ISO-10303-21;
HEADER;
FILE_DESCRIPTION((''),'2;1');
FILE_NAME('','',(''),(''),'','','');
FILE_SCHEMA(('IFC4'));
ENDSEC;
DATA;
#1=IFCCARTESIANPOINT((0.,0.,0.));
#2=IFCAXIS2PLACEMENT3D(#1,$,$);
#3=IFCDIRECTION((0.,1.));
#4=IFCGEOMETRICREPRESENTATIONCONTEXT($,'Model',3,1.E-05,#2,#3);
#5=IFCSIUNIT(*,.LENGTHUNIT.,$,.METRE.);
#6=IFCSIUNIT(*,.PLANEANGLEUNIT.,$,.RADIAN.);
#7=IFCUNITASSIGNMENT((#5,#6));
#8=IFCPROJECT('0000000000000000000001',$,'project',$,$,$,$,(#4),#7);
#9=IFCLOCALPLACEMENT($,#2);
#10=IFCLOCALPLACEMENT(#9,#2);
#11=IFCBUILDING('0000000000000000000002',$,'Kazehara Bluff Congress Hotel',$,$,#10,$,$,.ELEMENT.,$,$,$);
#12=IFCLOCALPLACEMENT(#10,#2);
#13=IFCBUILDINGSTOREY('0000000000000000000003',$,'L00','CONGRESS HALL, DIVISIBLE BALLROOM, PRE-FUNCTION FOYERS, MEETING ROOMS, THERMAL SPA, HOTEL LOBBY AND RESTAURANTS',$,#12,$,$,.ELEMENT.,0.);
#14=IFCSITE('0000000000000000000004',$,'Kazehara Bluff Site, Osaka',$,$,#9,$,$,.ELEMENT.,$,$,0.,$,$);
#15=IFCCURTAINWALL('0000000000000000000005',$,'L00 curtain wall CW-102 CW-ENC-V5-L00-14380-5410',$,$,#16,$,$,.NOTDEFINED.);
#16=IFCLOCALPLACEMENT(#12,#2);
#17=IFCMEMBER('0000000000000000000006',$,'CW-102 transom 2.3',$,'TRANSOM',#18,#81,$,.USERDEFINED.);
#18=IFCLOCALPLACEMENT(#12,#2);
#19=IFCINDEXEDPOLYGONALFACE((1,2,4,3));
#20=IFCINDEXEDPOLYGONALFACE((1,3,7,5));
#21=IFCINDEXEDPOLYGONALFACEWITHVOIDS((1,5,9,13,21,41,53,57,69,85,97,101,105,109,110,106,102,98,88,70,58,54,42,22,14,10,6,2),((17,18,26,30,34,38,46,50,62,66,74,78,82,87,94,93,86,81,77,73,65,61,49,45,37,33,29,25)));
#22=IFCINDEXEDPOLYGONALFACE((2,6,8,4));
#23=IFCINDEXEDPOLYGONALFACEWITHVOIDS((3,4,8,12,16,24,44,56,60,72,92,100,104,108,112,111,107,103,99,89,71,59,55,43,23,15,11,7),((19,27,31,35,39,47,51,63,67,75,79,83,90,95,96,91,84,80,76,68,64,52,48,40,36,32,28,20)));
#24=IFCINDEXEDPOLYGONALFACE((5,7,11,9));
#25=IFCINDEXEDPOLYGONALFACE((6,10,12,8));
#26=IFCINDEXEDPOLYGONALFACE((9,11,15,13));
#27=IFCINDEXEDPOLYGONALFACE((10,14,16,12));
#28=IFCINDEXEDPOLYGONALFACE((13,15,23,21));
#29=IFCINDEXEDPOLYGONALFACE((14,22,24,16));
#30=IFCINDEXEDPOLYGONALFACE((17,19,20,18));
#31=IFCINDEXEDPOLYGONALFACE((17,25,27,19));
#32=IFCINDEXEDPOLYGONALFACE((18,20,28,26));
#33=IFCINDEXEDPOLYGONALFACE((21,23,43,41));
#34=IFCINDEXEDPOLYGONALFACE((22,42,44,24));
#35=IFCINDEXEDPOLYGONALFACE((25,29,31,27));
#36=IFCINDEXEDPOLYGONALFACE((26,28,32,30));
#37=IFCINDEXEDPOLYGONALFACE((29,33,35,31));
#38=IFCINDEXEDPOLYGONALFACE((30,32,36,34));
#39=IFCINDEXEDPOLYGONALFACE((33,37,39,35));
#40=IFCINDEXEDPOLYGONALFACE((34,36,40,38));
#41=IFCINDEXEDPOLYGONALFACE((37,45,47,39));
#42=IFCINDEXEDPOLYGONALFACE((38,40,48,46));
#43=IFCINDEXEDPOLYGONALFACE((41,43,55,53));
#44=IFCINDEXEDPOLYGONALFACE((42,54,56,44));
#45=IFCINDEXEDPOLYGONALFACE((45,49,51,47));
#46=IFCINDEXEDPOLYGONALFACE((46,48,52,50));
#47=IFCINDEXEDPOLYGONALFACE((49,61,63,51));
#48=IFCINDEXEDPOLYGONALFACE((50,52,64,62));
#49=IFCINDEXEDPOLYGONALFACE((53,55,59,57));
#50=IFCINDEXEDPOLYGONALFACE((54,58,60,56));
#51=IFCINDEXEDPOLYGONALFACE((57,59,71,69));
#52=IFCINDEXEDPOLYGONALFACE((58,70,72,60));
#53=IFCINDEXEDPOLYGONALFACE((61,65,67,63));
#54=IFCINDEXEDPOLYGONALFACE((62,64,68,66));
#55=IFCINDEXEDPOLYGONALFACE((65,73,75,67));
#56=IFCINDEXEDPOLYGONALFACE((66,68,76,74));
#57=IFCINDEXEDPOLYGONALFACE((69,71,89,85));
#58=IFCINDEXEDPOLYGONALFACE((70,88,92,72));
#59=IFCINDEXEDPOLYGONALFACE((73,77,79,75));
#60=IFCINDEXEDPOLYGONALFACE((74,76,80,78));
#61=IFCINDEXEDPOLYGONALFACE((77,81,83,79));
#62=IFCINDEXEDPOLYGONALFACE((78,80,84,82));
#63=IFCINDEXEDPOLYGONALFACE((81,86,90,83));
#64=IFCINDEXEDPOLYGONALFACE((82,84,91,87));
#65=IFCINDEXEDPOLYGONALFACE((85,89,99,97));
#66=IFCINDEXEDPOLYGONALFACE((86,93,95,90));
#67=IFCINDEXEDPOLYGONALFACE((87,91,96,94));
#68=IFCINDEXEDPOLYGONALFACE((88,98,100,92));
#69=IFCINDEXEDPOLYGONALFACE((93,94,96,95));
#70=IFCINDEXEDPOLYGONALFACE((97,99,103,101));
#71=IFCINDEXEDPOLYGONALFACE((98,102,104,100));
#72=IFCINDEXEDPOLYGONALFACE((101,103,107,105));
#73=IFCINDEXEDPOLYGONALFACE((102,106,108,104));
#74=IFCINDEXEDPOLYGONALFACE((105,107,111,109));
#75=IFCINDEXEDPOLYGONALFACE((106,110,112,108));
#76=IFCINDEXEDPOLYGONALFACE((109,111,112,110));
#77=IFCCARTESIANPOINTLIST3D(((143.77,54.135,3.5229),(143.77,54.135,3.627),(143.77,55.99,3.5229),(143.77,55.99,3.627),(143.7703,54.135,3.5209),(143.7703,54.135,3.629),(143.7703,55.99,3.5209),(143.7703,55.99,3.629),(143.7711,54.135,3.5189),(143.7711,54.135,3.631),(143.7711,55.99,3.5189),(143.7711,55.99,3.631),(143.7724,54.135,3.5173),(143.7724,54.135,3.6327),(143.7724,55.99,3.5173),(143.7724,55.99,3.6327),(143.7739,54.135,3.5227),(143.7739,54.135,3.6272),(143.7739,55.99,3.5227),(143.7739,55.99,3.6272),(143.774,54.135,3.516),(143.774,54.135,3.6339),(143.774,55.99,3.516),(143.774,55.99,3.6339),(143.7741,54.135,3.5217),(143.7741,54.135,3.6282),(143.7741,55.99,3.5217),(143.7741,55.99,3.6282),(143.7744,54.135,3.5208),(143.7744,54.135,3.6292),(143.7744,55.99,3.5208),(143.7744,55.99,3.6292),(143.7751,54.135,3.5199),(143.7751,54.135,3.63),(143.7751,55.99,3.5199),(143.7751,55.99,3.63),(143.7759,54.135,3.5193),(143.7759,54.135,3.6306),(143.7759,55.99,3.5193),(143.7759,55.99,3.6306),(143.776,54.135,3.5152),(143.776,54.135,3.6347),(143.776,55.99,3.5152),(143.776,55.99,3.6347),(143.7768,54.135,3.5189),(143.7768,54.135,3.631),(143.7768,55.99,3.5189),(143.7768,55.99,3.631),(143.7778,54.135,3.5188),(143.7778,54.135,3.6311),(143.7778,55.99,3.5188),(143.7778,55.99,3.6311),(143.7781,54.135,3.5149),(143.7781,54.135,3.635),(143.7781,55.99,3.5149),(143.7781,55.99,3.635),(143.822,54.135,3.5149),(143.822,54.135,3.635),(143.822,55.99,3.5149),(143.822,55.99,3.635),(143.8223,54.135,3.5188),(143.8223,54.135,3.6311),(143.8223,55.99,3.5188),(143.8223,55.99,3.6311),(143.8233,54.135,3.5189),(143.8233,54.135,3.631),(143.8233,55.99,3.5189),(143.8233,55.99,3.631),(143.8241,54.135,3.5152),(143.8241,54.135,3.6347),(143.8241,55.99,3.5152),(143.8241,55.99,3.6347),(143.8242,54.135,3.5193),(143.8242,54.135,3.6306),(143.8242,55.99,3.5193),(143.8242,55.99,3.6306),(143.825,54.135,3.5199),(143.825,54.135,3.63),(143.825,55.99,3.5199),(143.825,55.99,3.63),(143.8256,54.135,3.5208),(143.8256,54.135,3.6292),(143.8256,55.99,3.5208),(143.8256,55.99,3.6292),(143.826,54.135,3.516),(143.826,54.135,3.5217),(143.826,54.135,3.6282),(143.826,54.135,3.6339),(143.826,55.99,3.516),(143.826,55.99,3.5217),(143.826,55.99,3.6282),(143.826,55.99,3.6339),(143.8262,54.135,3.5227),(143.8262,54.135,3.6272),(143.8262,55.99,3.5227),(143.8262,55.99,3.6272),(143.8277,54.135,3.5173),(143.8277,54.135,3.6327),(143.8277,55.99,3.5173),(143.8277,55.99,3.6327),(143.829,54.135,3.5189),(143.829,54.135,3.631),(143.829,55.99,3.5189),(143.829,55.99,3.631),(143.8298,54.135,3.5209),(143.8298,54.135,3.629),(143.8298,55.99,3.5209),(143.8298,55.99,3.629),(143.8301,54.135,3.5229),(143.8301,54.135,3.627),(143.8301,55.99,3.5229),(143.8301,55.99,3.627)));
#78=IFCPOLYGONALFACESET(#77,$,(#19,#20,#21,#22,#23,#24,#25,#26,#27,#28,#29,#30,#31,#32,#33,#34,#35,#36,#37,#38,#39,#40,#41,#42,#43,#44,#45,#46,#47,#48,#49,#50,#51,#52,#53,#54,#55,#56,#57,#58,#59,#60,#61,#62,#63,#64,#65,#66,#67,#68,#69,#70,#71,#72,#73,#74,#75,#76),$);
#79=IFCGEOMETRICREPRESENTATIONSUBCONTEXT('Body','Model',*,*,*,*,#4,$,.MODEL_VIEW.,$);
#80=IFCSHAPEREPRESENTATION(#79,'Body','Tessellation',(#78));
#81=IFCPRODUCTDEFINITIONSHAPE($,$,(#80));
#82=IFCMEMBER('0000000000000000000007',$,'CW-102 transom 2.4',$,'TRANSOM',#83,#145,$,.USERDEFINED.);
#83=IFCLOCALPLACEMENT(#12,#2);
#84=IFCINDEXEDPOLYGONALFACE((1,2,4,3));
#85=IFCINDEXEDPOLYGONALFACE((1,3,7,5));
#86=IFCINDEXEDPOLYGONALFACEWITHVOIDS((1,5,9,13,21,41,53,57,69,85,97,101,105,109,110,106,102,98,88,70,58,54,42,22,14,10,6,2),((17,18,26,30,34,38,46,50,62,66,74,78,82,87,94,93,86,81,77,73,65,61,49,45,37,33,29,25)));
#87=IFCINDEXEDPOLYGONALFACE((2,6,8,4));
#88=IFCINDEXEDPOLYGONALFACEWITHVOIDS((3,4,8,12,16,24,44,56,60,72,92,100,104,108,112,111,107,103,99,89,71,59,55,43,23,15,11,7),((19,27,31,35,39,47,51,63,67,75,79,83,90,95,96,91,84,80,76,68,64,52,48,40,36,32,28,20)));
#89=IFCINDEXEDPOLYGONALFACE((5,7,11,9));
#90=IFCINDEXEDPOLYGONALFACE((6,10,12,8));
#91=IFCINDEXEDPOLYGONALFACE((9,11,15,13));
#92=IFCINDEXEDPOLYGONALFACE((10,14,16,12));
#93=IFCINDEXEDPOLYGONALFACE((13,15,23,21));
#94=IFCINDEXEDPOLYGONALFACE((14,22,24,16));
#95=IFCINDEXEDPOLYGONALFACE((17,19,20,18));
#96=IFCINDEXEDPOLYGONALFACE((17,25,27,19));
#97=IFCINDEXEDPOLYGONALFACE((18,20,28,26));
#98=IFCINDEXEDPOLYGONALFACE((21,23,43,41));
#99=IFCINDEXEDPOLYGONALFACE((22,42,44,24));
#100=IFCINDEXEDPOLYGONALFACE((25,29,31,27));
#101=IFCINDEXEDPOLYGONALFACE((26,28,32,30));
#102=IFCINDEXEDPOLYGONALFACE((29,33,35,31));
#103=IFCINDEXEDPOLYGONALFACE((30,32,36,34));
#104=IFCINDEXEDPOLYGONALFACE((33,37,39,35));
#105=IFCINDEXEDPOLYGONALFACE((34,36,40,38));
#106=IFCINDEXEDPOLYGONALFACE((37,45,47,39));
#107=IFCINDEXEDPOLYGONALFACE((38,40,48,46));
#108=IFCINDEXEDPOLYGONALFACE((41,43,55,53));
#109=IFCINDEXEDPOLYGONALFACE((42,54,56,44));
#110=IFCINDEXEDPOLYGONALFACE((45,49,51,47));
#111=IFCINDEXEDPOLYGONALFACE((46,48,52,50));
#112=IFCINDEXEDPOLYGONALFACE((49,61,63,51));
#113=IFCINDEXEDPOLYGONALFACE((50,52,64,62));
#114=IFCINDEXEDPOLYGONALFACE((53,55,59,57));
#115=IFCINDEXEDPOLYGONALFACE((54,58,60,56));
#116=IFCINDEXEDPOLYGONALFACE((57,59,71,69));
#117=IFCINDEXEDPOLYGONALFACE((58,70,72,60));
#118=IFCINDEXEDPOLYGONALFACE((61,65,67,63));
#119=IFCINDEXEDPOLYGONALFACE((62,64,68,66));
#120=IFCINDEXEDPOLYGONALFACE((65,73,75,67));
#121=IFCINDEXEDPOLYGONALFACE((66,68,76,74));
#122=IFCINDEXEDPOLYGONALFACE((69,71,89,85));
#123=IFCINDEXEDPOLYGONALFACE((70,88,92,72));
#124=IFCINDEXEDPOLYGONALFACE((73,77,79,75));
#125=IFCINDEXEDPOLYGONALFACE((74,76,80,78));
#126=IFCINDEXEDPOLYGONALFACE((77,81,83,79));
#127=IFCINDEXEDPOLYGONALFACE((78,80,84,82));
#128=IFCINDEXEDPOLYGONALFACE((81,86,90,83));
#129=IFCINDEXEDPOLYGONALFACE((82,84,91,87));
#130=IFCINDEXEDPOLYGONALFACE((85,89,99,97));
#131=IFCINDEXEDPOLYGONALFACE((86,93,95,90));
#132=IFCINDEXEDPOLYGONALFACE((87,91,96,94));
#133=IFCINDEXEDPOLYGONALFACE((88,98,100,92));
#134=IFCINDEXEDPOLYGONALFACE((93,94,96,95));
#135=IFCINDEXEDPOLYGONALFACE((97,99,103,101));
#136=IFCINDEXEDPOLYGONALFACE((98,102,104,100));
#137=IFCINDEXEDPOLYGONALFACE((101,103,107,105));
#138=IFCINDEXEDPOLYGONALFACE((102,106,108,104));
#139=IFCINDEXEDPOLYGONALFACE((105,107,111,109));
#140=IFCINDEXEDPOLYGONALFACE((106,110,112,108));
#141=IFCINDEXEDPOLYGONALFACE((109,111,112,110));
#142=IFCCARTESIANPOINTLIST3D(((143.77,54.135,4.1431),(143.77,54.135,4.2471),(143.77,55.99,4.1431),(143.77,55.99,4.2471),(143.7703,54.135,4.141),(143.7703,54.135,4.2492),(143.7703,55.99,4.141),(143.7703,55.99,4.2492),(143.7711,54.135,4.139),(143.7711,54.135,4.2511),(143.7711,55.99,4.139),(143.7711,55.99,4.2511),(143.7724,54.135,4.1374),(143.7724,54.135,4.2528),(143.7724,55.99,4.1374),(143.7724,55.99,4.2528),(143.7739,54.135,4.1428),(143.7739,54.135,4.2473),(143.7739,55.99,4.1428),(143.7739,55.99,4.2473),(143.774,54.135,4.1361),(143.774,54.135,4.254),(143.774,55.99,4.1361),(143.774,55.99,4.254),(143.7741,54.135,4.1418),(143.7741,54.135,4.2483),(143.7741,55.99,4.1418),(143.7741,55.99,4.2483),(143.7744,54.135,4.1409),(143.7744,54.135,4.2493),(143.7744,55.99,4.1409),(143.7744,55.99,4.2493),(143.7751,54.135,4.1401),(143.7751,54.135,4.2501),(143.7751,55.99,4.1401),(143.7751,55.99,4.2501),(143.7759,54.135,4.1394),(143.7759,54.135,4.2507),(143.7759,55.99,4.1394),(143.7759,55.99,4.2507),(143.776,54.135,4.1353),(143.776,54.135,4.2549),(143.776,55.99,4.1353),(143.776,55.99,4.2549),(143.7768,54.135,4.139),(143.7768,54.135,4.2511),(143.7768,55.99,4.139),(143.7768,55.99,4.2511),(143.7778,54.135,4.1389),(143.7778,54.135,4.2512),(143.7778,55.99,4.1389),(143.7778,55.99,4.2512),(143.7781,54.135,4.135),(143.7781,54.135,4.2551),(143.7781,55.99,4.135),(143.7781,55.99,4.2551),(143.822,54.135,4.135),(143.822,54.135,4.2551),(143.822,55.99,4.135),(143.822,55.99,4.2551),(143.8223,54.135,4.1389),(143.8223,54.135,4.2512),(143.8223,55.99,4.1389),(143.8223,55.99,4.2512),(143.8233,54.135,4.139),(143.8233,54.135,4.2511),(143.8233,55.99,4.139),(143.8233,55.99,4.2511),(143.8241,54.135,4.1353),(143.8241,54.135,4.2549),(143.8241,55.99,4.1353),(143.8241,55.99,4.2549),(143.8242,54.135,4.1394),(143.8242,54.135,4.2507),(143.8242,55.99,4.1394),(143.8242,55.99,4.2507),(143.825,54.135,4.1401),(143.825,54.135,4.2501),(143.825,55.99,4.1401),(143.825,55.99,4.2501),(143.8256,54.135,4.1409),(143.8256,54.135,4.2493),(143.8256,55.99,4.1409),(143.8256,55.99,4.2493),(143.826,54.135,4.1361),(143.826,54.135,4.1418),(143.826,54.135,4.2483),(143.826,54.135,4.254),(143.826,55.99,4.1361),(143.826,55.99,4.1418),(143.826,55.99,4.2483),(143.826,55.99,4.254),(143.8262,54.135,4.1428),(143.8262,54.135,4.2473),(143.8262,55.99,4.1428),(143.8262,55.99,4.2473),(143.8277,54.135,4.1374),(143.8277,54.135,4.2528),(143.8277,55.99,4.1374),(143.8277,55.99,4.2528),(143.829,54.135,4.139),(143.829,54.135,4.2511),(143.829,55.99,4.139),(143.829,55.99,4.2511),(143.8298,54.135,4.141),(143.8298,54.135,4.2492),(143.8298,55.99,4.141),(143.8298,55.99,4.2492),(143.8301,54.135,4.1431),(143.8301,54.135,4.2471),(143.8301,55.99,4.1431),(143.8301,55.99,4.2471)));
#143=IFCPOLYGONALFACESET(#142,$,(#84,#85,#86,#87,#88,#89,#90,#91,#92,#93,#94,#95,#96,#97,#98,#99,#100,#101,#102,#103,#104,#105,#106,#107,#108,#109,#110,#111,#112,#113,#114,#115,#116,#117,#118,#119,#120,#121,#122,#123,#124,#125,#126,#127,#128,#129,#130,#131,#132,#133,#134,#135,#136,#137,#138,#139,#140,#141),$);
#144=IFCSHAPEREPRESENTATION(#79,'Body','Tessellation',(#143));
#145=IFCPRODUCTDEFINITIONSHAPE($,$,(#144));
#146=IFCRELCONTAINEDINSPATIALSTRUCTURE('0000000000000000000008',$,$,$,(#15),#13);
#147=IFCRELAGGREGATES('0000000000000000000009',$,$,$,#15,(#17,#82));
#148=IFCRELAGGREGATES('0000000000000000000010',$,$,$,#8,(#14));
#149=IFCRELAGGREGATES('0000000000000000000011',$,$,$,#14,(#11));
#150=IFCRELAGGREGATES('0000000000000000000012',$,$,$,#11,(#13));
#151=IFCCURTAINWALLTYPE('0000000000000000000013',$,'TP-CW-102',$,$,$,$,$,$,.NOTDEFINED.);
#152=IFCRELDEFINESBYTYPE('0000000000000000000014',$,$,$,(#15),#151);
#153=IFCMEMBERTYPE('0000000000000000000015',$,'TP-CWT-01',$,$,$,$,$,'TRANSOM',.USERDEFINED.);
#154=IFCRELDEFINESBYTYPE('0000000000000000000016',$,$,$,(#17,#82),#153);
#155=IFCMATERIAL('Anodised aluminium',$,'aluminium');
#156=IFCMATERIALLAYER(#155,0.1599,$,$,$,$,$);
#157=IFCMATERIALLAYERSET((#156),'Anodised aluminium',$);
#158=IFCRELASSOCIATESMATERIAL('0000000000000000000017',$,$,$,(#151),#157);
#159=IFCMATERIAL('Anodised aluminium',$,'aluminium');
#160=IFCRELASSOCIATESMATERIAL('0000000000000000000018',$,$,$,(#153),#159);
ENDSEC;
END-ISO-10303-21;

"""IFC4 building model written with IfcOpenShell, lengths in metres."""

from ifc_helpers import new_model, si_unit, direction, frame, origin, origin_2d, place, context, subcontext, project, spatial, hollow_rectangle, extrude, material, layer, layer_set, material_profile, profile_set, type_object, element, aggregate, save


model = new_model("IFC4")

# Units and contexts
model_context = context("Model", 3, precision=1e-05, world=origin(), true_north=direction((0.0, 1.0)))
body_context = subcontext(model_context, "Body", "Model", "MODEL_VIEW")
ifc_project = project(units=[si_unit("LENGTHUNIT", "METRE"), si_unit("PLANEANGLEUNIT", "RADIAN")], contexts=[model_context])

# Site, building, storey
site_placement = place(None, origin())
site = spatial("IfcSite", under=ifc_project, at=site_placement, Name="Kazehara Bluff Site, Osaka", CompositionType="ELEMENT", RefElevation=0.0)
building_placement = place(site_placement, origin())
building = spatial("IfcBuilding", under=site, at=building_placement, Name="Kazehara Bluff Congress Hotel", CompositionType="ELEMENT")
storey_placement = place(building_placement, origin())
storey = spatial("IfcBuildingStorey", under=building, at=storey_placement, Name="L00", Description="CONGRESS HALL, DIVISIBLE BALLROOM, PRE-FUNCTION FOYERS, MEETING ROOMS, THERMAL SPA, HOTEL LOBBY AND RESTAURANTS", CompositionType="ELEMENT", Elevation=0.0)

# Curtain wall
ifc_material_1 = material(Name="Anodised aluminium", Category="aluminium")
ifc_layer_1 = layer(ifc_material_1, 0.1599)
ifc_layer_set_1 = layer_set([ifc_layer_1], Name="Anodised aluminium")
curtain_wall_type_1 = type_object("IfcCurtainWallType", Name="TP-CW-102", PredefinedType="NOTDEFINED", material=ifc_layer_set_1)
curtain_wall_1_placement = place(storey_placement, origin())
curtain_wall_1 = element("IfcCurtainWall", 1, at=curtain_wall_1_placement, inside=storey, type_object=curtain_wall_type_1, Name="L00 curtain wall CW-102 CW-ENC-V5-L00-14380-5410", PredefinedType="NOTDEFINED")

# Members
ifc_material_2 = material(Name="Anodised aluminium", Category="aluminium")
ifc_material_profile_1 = material_profile(ifc_material_2, hollow_rectangle(XDim=0.0601, YDim=0.1201, WallThickness=0.0039, InnerFilletRadius=0.0039, OuterFilletRadius=0.0081, at=origin_2d()))
ifc_profile_set_1 = profile_set([ifc_material_profile_1], Name="Anodised aluminium")
member_type_1 = type_object("IfcMemberType", Name="TP-CWT-01", ElementType="TRANSOM", PredefinedType="USERDEFINED", material=ifc_profile_set_1)
member_1_placement = place(storey_placement, frame((143.8, 54.135, 3.575), z_axis=(0.0, 1.0, 0.0), x_axis=(-1.0, 0.0, 0.0)))
member_1 = element("IfcMember", 2, at=member_1_placement, type_object=member_type_1, Name="CW-102 transom 2.3", ObjectType="TRANSOM", PredefinedType="USERDEFINED", context=body_context, shape_type="SweptSolid", body=[
    extrude(hollow_rectangle(XDim=0.0601, YDim=0.1201, WallThickness=0.0039, InnerFilletRadius=0.0039, OuterFilletRadius=0.0081, at=origin_2d()), origin(), (0.0, 0.0, 1.0), 1.855),
])
member_2_placement = place(storey_placement, frame((143.8, 54.135, 4.1951), z_axis=(0.0, 1.0, 0.0), x_axis=(-1.0, 0.0, 0.0)))
member_2 = element("IfcMember", 3, at=member_2_placement, type_object=member_type_1, Name="CW-102 transom 2.4", ObjectType="TRANSOM", PredefinedType="USERDEFINED", context=body_context, shape_type="SweptSolid", body=[
    extrude(hollow_rectangle(XDim=0.0601, YDim=0.1201, WallThickness=0.0039, InnerFilletRadius=0.0039, OuterFilletRadius=0.0081, at=origin_2d()), origin(), (0.0, 0.0, 1.0), 1.855),
])

aggregate(curtain_wall_1, [member_1, member_2])

save(model, "model.ifc")
